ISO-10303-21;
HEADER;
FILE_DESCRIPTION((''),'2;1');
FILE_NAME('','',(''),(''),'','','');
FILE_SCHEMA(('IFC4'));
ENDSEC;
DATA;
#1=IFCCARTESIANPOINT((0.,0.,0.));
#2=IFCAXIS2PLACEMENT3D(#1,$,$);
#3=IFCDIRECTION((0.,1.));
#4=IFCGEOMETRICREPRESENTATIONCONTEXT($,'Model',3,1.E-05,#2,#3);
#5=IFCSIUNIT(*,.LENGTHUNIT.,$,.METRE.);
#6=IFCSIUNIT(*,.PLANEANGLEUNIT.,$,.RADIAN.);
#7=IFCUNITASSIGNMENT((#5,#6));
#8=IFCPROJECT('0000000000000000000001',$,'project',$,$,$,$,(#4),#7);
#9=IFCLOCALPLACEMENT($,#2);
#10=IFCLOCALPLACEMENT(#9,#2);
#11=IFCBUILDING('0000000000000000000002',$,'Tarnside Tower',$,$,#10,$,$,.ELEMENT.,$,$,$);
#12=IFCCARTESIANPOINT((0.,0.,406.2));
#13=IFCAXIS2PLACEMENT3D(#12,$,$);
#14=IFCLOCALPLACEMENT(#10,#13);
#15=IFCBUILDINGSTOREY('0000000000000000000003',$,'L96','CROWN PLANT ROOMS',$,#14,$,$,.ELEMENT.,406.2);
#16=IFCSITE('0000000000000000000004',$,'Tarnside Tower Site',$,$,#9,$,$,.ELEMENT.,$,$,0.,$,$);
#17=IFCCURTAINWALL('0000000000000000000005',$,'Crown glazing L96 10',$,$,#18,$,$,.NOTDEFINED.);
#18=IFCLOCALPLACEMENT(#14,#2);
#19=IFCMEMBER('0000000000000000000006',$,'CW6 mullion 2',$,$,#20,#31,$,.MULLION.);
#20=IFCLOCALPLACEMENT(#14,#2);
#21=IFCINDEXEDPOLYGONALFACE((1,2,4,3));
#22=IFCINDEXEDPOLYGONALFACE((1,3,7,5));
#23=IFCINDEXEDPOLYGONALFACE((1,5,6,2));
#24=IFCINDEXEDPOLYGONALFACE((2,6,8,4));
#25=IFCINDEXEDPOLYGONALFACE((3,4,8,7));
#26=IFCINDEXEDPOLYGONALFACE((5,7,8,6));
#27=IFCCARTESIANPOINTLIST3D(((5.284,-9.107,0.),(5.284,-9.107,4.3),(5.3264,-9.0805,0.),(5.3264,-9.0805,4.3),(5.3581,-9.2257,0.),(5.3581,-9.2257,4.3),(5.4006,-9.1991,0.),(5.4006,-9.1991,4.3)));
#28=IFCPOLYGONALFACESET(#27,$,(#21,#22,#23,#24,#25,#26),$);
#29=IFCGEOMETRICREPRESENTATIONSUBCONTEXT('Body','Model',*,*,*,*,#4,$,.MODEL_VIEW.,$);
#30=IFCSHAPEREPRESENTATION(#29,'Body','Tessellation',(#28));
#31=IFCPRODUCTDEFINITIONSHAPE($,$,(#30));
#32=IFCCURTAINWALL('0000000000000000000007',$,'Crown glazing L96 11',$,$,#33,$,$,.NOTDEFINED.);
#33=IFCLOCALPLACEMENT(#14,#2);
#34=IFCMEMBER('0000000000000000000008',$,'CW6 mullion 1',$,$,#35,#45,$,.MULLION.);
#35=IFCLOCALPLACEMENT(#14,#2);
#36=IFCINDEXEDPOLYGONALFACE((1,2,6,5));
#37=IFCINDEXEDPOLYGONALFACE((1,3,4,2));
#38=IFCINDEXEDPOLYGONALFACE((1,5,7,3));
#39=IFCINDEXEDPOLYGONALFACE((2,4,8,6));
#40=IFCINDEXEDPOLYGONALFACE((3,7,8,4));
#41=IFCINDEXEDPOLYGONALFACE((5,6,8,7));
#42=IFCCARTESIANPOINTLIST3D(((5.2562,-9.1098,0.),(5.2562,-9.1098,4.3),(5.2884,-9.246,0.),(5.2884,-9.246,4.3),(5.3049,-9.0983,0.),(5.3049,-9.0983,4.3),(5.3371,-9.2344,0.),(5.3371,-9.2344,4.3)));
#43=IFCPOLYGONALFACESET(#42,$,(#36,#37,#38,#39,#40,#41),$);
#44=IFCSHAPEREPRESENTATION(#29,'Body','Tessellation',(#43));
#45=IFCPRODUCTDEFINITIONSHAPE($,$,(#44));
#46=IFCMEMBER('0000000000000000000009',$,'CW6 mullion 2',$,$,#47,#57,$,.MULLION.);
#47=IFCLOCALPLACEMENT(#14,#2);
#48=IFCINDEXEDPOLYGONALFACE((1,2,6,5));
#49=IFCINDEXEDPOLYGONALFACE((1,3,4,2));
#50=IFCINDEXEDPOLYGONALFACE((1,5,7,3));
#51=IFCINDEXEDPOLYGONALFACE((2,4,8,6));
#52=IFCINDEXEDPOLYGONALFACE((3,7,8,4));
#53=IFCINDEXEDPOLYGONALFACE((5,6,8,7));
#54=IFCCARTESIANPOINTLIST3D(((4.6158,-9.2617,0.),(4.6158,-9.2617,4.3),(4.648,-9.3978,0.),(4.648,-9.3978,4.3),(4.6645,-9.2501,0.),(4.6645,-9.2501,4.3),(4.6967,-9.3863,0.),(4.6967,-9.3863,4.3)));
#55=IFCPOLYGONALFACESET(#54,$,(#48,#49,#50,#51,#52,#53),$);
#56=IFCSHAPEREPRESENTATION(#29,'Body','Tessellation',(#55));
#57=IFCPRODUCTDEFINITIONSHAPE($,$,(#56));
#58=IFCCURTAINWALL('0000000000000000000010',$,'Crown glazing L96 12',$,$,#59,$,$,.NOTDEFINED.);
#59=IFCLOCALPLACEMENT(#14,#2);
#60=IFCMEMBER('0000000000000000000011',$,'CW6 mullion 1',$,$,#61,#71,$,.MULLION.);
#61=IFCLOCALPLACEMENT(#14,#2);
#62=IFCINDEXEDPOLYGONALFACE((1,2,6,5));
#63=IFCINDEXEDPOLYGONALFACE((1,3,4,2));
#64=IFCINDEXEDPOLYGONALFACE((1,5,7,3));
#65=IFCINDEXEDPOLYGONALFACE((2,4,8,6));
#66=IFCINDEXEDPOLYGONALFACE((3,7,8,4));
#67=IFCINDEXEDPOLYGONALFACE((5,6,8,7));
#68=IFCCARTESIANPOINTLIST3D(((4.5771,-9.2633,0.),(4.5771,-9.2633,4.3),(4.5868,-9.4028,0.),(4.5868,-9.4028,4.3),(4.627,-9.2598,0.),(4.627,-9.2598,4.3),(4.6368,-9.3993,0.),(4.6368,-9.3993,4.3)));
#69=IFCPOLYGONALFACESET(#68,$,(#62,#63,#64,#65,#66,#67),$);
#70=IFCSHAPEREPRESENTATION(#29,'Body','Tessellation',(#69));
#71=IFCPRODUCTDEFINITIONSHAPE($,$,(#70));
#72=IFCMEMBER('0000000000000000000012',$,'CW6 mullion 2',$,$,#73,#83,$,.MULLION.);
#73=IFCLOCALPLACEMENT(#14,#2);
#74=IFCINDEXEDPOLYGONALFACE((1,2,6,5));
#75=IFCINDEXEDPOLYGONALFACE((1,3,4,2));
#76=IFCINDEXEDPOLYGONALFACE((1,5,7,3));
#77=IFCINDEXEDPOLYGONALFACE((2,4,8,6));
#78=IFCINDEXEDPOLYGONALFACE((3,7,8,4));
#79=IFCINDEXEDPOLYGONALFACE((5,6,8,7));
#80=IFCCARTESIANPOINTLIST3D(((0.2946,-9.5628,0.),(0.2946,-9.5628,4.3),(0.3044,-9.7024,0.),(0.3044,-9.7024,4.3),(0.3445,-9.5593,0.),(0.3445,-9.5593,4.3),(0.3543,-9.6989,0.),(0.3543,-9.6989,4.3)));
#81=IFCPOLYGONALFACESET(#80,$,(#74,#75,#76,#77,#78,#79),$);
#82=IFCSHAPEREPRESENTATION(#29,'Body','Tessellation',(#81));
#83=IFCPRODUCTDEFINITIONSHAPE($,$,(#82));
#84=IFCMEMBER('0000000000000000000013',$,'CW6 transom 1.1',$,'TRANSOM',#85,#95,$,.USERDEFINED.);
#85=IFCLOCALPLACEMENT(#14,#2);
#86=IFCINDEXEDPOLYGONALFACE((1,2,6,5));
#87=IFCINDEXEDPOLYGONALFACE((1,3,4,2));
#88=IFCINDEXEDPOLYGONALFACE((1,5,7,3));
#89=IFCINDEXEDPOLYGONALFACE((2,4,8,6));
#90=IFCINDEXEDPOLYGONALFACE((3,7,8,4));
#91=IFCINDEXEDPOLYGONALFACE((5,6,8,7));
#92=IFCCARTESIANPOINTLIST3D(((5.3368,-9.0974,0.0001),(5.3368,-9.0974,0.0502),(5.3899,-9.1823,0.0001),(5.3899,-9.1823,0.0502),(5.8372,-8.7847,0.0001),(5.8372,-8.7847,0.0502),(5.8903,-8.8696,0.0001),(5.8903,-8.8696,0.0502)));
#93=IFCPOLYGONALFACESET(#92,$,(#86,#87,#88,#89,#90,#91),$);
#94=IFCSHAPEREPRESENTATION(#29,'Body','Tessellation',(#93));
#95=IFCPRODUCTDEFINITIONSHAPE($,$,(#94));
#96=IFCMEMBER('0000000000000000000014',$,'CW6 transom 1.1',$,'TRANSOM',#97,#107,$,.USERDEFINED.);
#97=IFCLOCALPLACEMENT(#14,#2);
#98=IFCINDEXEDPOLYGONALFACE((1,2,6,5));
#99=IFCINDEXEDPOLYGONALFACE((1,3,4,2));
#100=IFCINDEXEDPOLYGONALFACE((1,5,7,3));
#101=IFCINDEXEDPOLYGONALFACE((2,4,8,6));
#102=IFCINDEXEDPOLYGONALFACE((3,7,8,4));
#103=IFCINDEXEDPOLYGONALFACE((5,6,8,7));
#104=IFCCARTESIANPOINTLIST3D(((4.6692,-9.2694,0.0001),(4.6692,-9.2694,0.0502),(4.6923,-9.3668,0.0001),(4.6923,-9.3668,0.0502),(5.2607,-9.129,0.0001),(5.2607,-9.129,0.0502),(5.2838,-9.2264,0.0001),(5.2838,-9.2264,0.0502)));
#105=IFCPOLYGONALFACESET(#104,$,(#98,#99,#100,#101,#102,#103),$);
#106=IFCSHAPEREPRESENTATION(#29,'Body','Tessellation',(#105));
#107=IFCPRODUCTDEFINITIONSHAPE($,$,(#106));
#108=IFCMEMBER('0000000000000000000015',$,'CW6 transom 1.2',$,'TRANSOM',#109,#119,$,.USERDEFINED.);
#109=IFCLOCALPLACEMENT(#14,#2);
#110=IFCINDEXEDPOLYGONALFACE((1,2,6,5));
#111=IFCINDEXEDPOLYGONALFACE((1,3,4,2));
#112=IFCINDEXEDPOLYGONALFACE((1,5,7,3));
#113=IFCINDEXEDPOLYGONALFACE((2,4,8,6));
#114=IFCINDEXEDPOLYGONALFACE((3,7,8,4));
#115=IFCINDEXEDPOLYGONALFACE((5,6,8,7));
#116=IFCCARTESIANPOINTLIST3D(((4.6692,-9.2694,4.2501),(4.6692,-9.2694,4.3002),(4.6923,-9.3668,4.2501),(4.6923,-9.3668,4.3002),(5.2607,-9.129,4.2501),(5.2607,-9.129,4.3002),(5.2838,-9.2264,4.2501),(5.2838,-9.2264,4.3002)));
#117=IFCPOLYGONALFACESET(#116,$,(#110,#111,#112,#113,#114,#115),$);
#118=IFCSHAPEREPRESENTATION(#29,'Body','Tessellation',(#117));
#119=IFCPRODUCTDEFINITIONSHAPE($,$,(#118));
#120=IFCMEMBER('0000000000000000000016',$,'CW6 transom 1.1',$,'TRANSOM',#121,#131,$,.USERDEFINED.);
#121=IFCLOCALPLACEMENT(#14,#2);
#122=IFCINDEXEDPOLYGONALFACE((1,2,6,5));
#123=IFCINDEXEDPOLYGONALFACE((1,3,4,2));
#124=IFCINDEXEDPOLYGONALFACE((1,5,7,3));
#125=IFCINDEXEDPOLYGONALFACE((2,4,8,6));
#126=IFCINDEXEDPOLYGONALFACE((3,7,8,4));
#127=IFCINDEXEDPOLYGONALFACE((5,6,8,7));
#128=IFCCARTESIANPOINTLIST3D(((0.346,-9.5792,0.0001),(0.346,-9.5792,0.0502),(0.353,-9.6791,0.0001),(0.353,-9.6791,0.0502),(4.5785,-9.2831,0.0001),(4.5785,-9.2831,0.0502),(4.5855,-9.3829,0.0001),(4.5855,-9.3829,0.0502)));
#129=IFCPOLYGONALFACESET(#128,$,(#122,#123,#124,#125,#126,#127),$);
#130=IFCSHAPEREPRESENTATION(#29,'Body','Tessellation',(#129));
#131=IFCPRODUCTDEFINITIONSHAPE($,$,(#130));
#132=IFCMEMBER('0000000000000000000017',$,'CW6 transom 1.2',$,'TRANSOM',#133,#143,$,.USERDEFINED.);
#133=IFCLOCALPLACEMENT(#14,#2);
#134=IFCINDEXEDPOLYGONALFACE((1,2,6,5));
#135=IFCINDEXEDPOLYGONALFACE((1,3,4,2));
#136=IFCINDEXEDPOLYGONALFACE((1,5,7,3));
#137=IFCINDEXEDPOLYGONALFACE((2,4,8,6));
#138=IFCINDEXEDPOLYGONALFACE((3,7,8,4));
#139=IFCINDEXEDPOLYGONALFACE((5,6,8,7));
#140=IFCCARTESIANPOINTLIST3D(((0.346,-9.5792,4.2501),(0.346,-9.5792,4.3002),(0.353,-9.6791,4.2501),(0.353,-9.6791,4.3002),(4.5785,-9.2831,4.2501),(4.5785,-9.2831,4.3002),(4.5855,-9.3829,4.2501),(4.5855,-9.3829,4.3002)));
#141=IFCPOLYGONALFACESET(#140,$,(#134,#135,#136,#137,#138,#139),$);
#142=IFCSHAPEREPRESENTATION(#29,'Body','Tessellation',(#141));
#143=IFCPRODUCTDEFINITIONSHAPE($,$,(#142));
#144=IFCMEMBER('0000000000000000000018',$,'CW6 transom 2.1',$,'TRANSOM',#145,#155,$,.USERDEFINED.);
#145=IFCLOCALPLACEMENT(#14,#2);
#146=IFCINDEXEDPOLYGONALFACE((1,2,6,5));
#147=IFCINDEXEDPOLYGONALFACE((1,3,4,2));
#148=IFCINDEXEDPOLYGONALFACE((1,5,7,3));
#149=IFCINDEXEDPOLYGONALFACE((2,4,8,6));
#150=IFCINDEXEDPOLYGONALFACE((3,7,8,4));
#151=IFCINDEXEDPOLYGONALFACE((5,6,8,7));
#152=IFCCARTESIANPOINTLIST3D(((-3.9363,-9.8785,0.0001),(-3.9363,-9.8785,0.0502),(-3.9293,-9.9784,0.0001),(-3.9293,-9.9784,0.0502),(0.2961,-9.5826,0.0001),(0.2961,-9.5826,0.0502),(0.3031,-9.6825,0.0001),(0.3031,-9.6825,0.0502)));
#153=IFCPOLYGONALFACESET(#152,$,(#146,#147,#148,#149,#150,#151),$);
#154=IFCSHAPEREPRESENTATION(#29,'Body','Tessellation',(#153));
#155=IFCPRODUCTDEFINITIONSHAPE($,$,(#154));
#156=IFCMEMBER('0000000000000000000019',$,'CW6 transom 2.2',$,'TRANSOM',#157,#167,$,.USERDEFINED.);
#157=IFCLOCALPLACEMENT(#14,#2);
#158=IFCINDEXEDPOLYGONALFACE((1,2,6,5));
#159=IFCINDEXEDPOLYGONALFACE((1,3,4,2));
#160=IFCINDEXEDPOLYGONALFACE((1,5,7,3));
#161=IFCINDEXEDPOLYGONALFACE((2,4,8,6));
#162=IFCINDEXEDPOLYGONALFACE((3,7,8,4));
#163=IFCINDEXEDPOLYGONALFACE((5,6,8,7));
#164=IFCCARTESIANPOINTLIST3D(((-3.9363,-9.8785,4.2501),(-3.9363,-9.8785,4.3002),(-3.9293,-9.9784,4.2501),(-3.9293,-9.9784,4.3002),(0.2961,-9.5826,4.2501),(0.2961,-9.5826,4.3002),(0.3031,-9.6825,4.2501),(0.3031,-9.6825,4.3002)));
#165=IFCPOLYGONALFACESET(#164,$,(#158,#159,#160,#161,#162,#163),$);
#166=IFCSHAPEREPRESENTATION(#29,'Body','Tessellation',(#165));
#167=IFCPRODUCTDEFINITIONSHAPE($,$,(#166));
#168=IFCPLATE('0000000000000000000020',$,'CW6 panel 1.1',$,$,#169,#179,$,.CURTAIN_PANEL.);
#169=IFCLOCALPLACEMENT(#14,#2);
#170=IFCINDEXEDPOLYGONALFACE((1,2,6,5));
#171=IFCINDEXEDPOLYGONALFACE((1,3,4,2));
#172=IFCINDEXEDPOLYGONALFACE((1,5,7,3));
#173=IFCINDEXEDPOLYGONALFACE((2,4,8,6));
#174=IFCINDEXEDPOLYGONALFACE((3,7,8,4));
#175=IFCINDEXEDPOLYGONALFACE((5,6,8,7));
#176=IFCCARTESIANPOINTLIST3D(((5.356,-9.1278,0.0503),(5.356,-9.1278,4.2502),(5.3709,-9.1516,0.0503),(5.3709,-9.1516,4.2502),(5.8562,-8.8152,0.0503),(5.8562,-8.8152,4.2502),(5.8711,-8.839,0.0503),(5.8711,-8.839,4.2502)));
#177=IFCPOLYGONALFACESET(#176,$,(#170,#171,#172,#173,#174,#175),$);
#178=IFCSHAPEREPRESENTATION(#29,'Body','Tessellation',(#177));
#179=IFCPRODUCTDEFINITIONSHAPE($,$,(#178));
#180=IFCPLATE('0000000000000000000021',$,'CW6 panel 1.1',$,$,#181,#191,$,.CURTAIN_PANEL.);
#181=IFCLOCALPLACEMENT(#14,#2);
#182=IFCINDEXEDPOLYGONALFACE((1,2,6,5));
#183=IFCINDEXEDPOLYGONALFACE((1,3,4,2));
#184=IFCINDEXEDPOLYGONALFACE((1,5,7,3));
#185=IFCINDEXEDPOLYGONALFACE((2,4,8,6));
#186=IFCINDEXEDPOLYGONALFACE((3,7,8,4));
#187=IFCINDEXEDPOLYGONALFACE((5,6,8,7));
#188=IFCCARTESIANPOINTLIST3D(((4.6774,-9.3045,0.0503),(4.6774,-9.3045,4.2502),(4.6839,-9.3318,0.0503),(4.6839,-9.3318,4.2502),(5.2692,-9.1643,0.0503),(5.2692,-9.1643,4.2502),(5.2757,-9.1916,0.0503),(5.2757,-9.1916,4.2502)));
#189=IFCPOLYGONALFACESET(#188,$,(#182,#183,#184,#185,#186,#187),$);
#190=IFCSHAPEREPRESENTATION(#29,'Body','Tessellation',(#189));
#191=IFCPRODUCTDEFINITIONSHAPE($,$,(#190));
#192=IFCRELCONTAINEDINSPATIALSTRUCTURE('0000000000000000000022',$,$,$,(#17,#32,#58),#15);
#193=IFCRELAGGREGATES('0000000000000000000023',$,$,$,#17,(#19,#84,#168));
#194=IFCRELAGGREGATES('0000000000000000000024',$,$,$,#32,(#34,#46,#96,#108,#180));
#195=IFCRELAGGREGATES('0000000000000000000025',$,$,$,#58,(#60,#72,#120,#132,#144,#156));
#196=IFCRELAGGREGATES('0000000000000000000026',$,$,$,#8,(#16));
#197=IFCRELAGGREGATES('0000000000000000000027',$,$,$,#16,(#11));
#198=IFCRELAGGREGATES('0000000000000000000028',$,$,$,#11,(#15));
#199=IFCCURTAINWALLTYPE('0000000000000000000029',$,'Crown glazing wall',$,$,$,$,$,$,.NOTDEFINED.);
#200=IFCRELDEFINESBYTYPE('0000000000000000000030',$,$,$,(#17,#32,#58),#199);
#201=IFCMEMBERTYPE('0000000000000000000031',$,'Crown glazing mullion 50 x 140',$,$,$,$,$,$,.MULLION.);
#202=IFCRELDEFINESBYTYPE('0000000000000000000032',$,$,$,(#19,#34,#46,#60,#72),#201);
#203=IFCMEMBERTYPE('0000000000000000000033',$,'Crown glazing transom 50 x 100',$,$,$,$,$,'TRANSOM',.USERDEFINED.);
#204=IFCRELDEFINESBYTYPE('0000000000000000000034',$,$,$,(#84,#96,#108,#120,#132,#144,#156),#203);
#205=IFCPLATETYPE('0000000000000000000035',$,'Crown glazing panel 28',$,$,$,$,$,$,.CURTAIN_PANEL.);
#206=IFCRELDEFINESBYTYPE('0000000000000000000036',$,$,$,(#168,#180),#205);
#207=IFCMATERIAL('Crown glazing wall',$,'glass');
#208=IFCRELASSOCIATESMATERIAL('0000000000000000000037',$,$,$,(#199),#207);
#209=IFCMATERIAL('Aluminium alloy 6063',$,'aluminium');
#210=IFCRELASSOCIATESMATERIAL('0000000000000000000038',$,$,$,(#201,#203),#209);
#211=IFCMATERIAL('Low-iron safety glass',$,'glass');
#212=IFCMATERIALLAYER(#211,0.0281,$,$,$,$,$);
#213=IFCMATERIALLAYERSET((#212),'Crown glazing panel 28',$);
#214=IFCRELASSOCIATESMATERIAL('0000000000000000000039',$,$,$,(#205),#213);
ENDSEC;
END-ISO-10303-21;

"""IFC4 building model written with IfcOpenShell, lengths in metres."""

from ifc_helpers import new_model, si_unit, direction, frame, origin, origin_2d, place, context, subcontext, project, spatial, rectangle, extrude, material, layer, layer_set, material_profile, profile_set, type_object, element, aggregate, save


model = new_model("IFC4")

# Units and contexts
model_context = context("Model", 3, precision=1e-05, world=origin(), true_north=direction((0.0, 1.0)))
body_context = subcontext(model_context, "Body", "Model", "MODEL_VIEW")
ifc_project = project(units=[si_unit("LENGTHUNIT", "METRE"), si_unit("PLANEANGLEUNIT", "RADIAN")], contexts=[model_context])

# Site, building, storey
site_placement = place(None, origin())
site = spatial("IfcSite", under=ifc_project, at=site_placement, Name="Tarnside Tower Site", CompositionType="ELEMENT", RefElevation=0.0)
building_placement = place(site_placement, origin())
building = spatial("IfcBuilding", under=site, at=building_placement, Name="Tarnside Tower", CompositionType="ELEMENT")
storey_placement = place(building_placement, frame((0.0, 0.0, 406.2)))
storey = spatial("IfcBuildingStorey", under=building, at=storey_placement, Name="L96", Description="CROWN PLANT ROOMS", CompositionType="ELEMENT", Elevation=406.2)

# Curtain wall, member
ifc_material_1 = material(Name="Crown glazing wall", Category="glass")
curtain_wall_type = type_object("IfcCurtainWallType", Name="Crown glazing wall", PredefinedType="NOTDEFINED", material=ifc_material_1)
curtain_wall_1_placement = place(storey_placement, origin())
curtain_wall_1 = element("IfcCurtainWall", 1, at=curtain_wall_1_placement, inside=storey, type_object=curtain_wall_type, Name="Crown glazing L96 10", PredefinedType="NOTDEFINED")
ifc_material_2 = material(Name="Aluminium alloy 6063", Category="aluminium")
ifc_material_profile_1 = material_profile(ifc_material_2, rectangle(XDim=0.1399, YDim=0.05, at=origin_2d()), Name="Crown glazing mullion 50 x 140")
ifc_profile_set_1 = profile_set([ifc_material_profile_1], Name="Aluminium alloy 6063")
member_type_1 = type_object("IfcMemberType", Name="Crown glazing mullion 50 x 140", PredefinedType="MULLION", material=ifc_profile_set_1)
member_1_placement = place(storey_placement, frame((5.3423, -9.1531, 0.0), z_axis=(0.0, 0.0, 1.0), x_axis=(0.529919, -0.848048, 0.0)))
member_1 = element("IfcMember", 2, at=member_1_placement, type_object=member_type_1, Name="CW6 mullion 2", PredefinedType="MULLION", context=body_context, shape_type="SweptSolid", body=[
    extrude(rectangle(XDim=0.1399, YDim=0.05, at=origin_2d()), origin(), (0.0, 0.0, 1.0), 4.3),
])

# Curtain walls, members
curtain_wall_2_placement = place(storey_placement, origin())
curtain_wall_2 = element("IfcCurtainWall", 3, at=curtain_wall_2_placement, inside=storey, type_object=curtain_wall_type, Name="Crown glazing L96 11", PredefinedType="NOTDEFINED")
member_2_placement = place(storey_placement, frame((5.2966, -9.1721, 0.0), z_axis=(0.0, 0.0, 1.0), x_axis=(0.230616, -0.973045, 0.0)))
member_2 = element("IfcMember", 4, at=member_2_placement, type_object=member_type_1, Name="CW6 mullion 1", PredefinedType="MULLION", context=body_context, shape_type="SweptSolid", body=[
    extrude(rectangle(XDim=0.1399, YDim=0.05, at=origin_2d()), origin(), (0.0, 0.0, 1.0), 4.3),
])
member_3_placement = place(storey_placement, frame((4.6562, -9.324, 0.0), z_axis=(0.0, 0.0, 1.0), x_axis=(0.230616, -0.973045, 0.0)))
member_3 = element("IfcMember", 5, at=member_3_placement, type_object=member_type_1, Name="CW6 mullion 2", PredefinedType="MULLION", context=body_context, shape_type="SweptSolid", body=[
    extrude(rectangle(XDim=0.1399, YDim=0.05, at=origin_2d()), origin(), (0.0, 0.0, 1.0), 4.3),
])
curtain_wall_3_placement = place(storey_placement, origin())
curtain_wall_3 = element("IfcCurtainWall", 6, at=curtain_wall_3_placement, inside=storey, type_object=curtain_wall_type, Name="Crown glazing L96 12", PredefinedType="NOTDEFINED")
member_4_placement = place(storey_placement, frame((4.6069, -9.3313, 0.0), z_axis=(0.0, 0.0, 1.0), x_axis=(0.069756, -0.997564, 0.0)))
member_4 = element("IfcMember", 7, at=member_4_placement, type_object=member_type_1, Name="CW6 mullion 1", PredefinedType="MULLION", context=body_context, shape_type="SweptSolid", body=[
    extrude(rectangle(XDim=0.1399, YDim=0.05, at=origin_2d()), origin(), (0.0, 0.0, 1.0), 4.3),
])
member_5_placement = place(storey_placement, frame((0.3245, -9.6309, 0.0), z_axis=(0.0, 0.0, 1.0), x_axis=(0.069756, -0.997564, 0.0)))
member_5 = element("IfcMember", 8, at=member_5_placement, type_object=member_type_1, Name="CW6 mullion 2", PredefinedType="MULLION", context=body_context, shape_type="SweptSolid", body=[
    extrude(rectangle(XDim=0.1399, YDim=0.05, at=origin_2d()), origin(), (0.0, 0.0, 1.0), 4.3),
])

# Members
ifc_material_profile_2 = material_profile(ifc_material_2, rectangle(XDim=0.1001, YDim=0.05, at=origin_2d()), Name="Crown glazing transom 50 x 100")
ifc_profile_set_2 = profile_set([ifc_material_profile_2], Name="Aluminium alloy 6063")
member_type_2 = type_object("IfcMemberType", Name="Crown glazing transom 50 x 100", ElementType="TRANSOM", PredefinedType="USERDEFINED", material=ifc_profile_set_2)
member_6_placement = place(storey_placement, frame((5.8638, -8.8271, 0.0251), z_axis=(-0.848045, -0.529925, 0.0), x_axis=(0.529925, -0.848045, 0.0)))
member_6 = element("IfcMember", 9, at=member_6_placement, type_object=member_type_2, Name="CW6 transom 1.1", ObjectType="TRANSOM", PredefinedType="USERDEFINED", context=body_context, shape_type="SweptSolid", body=[
    extrude(rectangle(XDim=0.1001, YDim=0.05, at=origin_2d()), origin(), (0.0, 0.0, 1.0), 0.5901),
])
member_7_placement = place(storey_placement, frame((5.2722, -9.1777, 0.0251), z_axis=(-0.972978, -0.230897, 0.0), x_axis=(0.230897, -0.972978, 0.0)))
member_7 = element("IfcMember", 10, at=member_7_placement, type_object=member_type_2, Name="CW6 transom 1.1", ObjectType="TRANSOM", PredefinedType="USERDEFINED", context=body_context, shape_type="SweptSolid", body=[
    extrude(rectangle(XDim=0.1001, YDim=0.05, at=origin_2d()), origin(), (0.0, 0.0, 1.0), 0.6079),
])
member_8_placement = place(storey_placement, frame((5.2722, -9.1777, 4.2751), z_axis=(-0.972978, -0.230897, 0.0), x_axis=(0.230897, -0.972978, 0.0)))
member_8 = element("IfcMember", 11, at=member_8_placement, type_object=member_type_2, Name="CW6 transom 1.2", ObjectType="TRANSOM", PredefinedType="USERDEFINED", context=body_context, shape_type="SweptSolid", body=[
    extrude(rectangle(XDim=0.1001, YDim=0.05, at=origin_2d()), origin(), (0.0, 0.0, 1.0), 0.6079),
])
member_9_placement = place(storey_placement, frame((4.582, -9.333, 0.0251), z_axis=(-0.997561, -0.069795, 0.0), x_axis=(0.069795, -0.997561, 0.0)))
member_9 = element("IfcMember", 12, at=member_9_placement, type_object=member_type_2, Name="CW6 transom 1.1", ObjectType="TRANSOM", PredefinedType="USERDEFINED", context=body_context, shape_type="SweptSolid", body=[
    extrude(rectangle(XDim=0.1001, YDim=0.05, at=origin_2d()), origin(), (0.0, 0.0, 1.0), 4.2429),
])
member_10_placement = place(storey_placement, frame((4.582, -9.333, 4.2751), z_axis=(-0.997561, -0.069795, 0.0), x_axis=(0.069795, -0.997561, 0.0)))
member_10 = element("IfcMember", 13, at=member_10_placement, type_object=member_type_2, Name="CW6 transom 1.2", ObjectType="TRANSOM", PredefinedType="USERDEFINED", context=body_context, shape_type="SweptSolid", body=[
    extrude(rectangle(XDim=0.1001, YDim=0.05, at=origin_2d()), origin(), (0.0, 0.0, 1.0), 4.2429),
])
member_11_placement = place(storey_placement, frame((0.2996, -9.6326, 0.0251), z_axis=(-0.997565, -0.069742, 0.0), x_axis=(0.069742, -0.997565, 0.0)))
member_11 = element("IfcMember", 14, at=member_11_placement, type_object=member_type_2, Name="CW6 transom 2.1", ObjectType="TRANSOM", PredefinedType="USERDEFINED", context=body_context, shape_type="SweptSolid", body=[
    extrude(rectangle(XDim=0.1001, YDim=0.05, at=origin_2d()), origin(), (0.0, 0.0, 1.0), 4.2427),
])
member_12_placement = place(storey_placement, frame((0.2996, -9.6326, 4.2751), z_axis=(-0.997565, -0.069742, 0.0), x_axis=(0.069742, -0.997565, 0.0)))
member_12 = element("IfcMember", 15, at=member_12_placement, type_object=member_type_2, Name="CW6 transom 2.2", ObjectType="TRANSOM", PredefinedType="USERDEFINED", context=body_context, shape_type="SweptSolid", body=[
    extrude(rectangle(XDim=0.1001, YDim=0.05, at=origin_2d()), origin(), (0.0, 0.0, 1.0), 4.2427),
])

# Plates
ifc_material_3 = material(Name="Low-iron safety glass", Category="glass")
ifc_layer_1 = layer(ifc_material_3, 0.0281)
ifc_layer_set_1 = layer_set([ifc_layer_1], Name="Crown glazing panel 28")
plate_type_1 = type_object("IfcPlateType", Name="Crown glazing panel 28", PredefinedType="CURTAIN_PANEL", material=ifc_layer_set_1)
plate_1_placement = place(storey_placement, frame((5.6135, -8.9834, 0.0503), z_axis=(0.0, 0.0, 1.0), x_axis=(-0.848048, -0.529919, 0.0)))
plate_1 = element("IfcPlate", 16, at=plate_1_placement, type_object=plate_type_1, Name="CW6 panel 1.1", PredefinedType="CURTAIN_PANEL", context=body_context, shape_type="SweptSolid", body=[
    extrude(rectangle(XDim=0.5898, YDim=0.0281, at=origin_2d()), origin(), (0.0, 0.0, 1.0), 4.2),
])
aggregate(curtain_wall_1, [member_1, member_6, plate_1])
plate_2_placement = place(storey_placement, frame((4.9766, -9.248, 0.0503), z_axis=(0.0, 0.0, 1.0), x_axis=(-0.973045, -0.230616, 0.0)))
plate_2 = element("IfcPlate", 17, at=plate_2_placement, type_object=plate_type_1, Name="CW6 panel 1.1", PredefinedType="CURTAIN_PANEL", context=body_context, shape_type="SweptSolid", body=[
    extrude(rectangle(XDim=0.6082, YDim=0.0281, at=origin_2d()), origin(), (0.0, 0.0, 1.0), 4.2),
])
aggregate(curtain_wall_2, [member_2, member_3, member_7, member_8, plate_2])
aggregate(curtain_wall_3, [member_4, member_5, member_9, member_10, member_11, member_12])

save(model, "model.ifc")
